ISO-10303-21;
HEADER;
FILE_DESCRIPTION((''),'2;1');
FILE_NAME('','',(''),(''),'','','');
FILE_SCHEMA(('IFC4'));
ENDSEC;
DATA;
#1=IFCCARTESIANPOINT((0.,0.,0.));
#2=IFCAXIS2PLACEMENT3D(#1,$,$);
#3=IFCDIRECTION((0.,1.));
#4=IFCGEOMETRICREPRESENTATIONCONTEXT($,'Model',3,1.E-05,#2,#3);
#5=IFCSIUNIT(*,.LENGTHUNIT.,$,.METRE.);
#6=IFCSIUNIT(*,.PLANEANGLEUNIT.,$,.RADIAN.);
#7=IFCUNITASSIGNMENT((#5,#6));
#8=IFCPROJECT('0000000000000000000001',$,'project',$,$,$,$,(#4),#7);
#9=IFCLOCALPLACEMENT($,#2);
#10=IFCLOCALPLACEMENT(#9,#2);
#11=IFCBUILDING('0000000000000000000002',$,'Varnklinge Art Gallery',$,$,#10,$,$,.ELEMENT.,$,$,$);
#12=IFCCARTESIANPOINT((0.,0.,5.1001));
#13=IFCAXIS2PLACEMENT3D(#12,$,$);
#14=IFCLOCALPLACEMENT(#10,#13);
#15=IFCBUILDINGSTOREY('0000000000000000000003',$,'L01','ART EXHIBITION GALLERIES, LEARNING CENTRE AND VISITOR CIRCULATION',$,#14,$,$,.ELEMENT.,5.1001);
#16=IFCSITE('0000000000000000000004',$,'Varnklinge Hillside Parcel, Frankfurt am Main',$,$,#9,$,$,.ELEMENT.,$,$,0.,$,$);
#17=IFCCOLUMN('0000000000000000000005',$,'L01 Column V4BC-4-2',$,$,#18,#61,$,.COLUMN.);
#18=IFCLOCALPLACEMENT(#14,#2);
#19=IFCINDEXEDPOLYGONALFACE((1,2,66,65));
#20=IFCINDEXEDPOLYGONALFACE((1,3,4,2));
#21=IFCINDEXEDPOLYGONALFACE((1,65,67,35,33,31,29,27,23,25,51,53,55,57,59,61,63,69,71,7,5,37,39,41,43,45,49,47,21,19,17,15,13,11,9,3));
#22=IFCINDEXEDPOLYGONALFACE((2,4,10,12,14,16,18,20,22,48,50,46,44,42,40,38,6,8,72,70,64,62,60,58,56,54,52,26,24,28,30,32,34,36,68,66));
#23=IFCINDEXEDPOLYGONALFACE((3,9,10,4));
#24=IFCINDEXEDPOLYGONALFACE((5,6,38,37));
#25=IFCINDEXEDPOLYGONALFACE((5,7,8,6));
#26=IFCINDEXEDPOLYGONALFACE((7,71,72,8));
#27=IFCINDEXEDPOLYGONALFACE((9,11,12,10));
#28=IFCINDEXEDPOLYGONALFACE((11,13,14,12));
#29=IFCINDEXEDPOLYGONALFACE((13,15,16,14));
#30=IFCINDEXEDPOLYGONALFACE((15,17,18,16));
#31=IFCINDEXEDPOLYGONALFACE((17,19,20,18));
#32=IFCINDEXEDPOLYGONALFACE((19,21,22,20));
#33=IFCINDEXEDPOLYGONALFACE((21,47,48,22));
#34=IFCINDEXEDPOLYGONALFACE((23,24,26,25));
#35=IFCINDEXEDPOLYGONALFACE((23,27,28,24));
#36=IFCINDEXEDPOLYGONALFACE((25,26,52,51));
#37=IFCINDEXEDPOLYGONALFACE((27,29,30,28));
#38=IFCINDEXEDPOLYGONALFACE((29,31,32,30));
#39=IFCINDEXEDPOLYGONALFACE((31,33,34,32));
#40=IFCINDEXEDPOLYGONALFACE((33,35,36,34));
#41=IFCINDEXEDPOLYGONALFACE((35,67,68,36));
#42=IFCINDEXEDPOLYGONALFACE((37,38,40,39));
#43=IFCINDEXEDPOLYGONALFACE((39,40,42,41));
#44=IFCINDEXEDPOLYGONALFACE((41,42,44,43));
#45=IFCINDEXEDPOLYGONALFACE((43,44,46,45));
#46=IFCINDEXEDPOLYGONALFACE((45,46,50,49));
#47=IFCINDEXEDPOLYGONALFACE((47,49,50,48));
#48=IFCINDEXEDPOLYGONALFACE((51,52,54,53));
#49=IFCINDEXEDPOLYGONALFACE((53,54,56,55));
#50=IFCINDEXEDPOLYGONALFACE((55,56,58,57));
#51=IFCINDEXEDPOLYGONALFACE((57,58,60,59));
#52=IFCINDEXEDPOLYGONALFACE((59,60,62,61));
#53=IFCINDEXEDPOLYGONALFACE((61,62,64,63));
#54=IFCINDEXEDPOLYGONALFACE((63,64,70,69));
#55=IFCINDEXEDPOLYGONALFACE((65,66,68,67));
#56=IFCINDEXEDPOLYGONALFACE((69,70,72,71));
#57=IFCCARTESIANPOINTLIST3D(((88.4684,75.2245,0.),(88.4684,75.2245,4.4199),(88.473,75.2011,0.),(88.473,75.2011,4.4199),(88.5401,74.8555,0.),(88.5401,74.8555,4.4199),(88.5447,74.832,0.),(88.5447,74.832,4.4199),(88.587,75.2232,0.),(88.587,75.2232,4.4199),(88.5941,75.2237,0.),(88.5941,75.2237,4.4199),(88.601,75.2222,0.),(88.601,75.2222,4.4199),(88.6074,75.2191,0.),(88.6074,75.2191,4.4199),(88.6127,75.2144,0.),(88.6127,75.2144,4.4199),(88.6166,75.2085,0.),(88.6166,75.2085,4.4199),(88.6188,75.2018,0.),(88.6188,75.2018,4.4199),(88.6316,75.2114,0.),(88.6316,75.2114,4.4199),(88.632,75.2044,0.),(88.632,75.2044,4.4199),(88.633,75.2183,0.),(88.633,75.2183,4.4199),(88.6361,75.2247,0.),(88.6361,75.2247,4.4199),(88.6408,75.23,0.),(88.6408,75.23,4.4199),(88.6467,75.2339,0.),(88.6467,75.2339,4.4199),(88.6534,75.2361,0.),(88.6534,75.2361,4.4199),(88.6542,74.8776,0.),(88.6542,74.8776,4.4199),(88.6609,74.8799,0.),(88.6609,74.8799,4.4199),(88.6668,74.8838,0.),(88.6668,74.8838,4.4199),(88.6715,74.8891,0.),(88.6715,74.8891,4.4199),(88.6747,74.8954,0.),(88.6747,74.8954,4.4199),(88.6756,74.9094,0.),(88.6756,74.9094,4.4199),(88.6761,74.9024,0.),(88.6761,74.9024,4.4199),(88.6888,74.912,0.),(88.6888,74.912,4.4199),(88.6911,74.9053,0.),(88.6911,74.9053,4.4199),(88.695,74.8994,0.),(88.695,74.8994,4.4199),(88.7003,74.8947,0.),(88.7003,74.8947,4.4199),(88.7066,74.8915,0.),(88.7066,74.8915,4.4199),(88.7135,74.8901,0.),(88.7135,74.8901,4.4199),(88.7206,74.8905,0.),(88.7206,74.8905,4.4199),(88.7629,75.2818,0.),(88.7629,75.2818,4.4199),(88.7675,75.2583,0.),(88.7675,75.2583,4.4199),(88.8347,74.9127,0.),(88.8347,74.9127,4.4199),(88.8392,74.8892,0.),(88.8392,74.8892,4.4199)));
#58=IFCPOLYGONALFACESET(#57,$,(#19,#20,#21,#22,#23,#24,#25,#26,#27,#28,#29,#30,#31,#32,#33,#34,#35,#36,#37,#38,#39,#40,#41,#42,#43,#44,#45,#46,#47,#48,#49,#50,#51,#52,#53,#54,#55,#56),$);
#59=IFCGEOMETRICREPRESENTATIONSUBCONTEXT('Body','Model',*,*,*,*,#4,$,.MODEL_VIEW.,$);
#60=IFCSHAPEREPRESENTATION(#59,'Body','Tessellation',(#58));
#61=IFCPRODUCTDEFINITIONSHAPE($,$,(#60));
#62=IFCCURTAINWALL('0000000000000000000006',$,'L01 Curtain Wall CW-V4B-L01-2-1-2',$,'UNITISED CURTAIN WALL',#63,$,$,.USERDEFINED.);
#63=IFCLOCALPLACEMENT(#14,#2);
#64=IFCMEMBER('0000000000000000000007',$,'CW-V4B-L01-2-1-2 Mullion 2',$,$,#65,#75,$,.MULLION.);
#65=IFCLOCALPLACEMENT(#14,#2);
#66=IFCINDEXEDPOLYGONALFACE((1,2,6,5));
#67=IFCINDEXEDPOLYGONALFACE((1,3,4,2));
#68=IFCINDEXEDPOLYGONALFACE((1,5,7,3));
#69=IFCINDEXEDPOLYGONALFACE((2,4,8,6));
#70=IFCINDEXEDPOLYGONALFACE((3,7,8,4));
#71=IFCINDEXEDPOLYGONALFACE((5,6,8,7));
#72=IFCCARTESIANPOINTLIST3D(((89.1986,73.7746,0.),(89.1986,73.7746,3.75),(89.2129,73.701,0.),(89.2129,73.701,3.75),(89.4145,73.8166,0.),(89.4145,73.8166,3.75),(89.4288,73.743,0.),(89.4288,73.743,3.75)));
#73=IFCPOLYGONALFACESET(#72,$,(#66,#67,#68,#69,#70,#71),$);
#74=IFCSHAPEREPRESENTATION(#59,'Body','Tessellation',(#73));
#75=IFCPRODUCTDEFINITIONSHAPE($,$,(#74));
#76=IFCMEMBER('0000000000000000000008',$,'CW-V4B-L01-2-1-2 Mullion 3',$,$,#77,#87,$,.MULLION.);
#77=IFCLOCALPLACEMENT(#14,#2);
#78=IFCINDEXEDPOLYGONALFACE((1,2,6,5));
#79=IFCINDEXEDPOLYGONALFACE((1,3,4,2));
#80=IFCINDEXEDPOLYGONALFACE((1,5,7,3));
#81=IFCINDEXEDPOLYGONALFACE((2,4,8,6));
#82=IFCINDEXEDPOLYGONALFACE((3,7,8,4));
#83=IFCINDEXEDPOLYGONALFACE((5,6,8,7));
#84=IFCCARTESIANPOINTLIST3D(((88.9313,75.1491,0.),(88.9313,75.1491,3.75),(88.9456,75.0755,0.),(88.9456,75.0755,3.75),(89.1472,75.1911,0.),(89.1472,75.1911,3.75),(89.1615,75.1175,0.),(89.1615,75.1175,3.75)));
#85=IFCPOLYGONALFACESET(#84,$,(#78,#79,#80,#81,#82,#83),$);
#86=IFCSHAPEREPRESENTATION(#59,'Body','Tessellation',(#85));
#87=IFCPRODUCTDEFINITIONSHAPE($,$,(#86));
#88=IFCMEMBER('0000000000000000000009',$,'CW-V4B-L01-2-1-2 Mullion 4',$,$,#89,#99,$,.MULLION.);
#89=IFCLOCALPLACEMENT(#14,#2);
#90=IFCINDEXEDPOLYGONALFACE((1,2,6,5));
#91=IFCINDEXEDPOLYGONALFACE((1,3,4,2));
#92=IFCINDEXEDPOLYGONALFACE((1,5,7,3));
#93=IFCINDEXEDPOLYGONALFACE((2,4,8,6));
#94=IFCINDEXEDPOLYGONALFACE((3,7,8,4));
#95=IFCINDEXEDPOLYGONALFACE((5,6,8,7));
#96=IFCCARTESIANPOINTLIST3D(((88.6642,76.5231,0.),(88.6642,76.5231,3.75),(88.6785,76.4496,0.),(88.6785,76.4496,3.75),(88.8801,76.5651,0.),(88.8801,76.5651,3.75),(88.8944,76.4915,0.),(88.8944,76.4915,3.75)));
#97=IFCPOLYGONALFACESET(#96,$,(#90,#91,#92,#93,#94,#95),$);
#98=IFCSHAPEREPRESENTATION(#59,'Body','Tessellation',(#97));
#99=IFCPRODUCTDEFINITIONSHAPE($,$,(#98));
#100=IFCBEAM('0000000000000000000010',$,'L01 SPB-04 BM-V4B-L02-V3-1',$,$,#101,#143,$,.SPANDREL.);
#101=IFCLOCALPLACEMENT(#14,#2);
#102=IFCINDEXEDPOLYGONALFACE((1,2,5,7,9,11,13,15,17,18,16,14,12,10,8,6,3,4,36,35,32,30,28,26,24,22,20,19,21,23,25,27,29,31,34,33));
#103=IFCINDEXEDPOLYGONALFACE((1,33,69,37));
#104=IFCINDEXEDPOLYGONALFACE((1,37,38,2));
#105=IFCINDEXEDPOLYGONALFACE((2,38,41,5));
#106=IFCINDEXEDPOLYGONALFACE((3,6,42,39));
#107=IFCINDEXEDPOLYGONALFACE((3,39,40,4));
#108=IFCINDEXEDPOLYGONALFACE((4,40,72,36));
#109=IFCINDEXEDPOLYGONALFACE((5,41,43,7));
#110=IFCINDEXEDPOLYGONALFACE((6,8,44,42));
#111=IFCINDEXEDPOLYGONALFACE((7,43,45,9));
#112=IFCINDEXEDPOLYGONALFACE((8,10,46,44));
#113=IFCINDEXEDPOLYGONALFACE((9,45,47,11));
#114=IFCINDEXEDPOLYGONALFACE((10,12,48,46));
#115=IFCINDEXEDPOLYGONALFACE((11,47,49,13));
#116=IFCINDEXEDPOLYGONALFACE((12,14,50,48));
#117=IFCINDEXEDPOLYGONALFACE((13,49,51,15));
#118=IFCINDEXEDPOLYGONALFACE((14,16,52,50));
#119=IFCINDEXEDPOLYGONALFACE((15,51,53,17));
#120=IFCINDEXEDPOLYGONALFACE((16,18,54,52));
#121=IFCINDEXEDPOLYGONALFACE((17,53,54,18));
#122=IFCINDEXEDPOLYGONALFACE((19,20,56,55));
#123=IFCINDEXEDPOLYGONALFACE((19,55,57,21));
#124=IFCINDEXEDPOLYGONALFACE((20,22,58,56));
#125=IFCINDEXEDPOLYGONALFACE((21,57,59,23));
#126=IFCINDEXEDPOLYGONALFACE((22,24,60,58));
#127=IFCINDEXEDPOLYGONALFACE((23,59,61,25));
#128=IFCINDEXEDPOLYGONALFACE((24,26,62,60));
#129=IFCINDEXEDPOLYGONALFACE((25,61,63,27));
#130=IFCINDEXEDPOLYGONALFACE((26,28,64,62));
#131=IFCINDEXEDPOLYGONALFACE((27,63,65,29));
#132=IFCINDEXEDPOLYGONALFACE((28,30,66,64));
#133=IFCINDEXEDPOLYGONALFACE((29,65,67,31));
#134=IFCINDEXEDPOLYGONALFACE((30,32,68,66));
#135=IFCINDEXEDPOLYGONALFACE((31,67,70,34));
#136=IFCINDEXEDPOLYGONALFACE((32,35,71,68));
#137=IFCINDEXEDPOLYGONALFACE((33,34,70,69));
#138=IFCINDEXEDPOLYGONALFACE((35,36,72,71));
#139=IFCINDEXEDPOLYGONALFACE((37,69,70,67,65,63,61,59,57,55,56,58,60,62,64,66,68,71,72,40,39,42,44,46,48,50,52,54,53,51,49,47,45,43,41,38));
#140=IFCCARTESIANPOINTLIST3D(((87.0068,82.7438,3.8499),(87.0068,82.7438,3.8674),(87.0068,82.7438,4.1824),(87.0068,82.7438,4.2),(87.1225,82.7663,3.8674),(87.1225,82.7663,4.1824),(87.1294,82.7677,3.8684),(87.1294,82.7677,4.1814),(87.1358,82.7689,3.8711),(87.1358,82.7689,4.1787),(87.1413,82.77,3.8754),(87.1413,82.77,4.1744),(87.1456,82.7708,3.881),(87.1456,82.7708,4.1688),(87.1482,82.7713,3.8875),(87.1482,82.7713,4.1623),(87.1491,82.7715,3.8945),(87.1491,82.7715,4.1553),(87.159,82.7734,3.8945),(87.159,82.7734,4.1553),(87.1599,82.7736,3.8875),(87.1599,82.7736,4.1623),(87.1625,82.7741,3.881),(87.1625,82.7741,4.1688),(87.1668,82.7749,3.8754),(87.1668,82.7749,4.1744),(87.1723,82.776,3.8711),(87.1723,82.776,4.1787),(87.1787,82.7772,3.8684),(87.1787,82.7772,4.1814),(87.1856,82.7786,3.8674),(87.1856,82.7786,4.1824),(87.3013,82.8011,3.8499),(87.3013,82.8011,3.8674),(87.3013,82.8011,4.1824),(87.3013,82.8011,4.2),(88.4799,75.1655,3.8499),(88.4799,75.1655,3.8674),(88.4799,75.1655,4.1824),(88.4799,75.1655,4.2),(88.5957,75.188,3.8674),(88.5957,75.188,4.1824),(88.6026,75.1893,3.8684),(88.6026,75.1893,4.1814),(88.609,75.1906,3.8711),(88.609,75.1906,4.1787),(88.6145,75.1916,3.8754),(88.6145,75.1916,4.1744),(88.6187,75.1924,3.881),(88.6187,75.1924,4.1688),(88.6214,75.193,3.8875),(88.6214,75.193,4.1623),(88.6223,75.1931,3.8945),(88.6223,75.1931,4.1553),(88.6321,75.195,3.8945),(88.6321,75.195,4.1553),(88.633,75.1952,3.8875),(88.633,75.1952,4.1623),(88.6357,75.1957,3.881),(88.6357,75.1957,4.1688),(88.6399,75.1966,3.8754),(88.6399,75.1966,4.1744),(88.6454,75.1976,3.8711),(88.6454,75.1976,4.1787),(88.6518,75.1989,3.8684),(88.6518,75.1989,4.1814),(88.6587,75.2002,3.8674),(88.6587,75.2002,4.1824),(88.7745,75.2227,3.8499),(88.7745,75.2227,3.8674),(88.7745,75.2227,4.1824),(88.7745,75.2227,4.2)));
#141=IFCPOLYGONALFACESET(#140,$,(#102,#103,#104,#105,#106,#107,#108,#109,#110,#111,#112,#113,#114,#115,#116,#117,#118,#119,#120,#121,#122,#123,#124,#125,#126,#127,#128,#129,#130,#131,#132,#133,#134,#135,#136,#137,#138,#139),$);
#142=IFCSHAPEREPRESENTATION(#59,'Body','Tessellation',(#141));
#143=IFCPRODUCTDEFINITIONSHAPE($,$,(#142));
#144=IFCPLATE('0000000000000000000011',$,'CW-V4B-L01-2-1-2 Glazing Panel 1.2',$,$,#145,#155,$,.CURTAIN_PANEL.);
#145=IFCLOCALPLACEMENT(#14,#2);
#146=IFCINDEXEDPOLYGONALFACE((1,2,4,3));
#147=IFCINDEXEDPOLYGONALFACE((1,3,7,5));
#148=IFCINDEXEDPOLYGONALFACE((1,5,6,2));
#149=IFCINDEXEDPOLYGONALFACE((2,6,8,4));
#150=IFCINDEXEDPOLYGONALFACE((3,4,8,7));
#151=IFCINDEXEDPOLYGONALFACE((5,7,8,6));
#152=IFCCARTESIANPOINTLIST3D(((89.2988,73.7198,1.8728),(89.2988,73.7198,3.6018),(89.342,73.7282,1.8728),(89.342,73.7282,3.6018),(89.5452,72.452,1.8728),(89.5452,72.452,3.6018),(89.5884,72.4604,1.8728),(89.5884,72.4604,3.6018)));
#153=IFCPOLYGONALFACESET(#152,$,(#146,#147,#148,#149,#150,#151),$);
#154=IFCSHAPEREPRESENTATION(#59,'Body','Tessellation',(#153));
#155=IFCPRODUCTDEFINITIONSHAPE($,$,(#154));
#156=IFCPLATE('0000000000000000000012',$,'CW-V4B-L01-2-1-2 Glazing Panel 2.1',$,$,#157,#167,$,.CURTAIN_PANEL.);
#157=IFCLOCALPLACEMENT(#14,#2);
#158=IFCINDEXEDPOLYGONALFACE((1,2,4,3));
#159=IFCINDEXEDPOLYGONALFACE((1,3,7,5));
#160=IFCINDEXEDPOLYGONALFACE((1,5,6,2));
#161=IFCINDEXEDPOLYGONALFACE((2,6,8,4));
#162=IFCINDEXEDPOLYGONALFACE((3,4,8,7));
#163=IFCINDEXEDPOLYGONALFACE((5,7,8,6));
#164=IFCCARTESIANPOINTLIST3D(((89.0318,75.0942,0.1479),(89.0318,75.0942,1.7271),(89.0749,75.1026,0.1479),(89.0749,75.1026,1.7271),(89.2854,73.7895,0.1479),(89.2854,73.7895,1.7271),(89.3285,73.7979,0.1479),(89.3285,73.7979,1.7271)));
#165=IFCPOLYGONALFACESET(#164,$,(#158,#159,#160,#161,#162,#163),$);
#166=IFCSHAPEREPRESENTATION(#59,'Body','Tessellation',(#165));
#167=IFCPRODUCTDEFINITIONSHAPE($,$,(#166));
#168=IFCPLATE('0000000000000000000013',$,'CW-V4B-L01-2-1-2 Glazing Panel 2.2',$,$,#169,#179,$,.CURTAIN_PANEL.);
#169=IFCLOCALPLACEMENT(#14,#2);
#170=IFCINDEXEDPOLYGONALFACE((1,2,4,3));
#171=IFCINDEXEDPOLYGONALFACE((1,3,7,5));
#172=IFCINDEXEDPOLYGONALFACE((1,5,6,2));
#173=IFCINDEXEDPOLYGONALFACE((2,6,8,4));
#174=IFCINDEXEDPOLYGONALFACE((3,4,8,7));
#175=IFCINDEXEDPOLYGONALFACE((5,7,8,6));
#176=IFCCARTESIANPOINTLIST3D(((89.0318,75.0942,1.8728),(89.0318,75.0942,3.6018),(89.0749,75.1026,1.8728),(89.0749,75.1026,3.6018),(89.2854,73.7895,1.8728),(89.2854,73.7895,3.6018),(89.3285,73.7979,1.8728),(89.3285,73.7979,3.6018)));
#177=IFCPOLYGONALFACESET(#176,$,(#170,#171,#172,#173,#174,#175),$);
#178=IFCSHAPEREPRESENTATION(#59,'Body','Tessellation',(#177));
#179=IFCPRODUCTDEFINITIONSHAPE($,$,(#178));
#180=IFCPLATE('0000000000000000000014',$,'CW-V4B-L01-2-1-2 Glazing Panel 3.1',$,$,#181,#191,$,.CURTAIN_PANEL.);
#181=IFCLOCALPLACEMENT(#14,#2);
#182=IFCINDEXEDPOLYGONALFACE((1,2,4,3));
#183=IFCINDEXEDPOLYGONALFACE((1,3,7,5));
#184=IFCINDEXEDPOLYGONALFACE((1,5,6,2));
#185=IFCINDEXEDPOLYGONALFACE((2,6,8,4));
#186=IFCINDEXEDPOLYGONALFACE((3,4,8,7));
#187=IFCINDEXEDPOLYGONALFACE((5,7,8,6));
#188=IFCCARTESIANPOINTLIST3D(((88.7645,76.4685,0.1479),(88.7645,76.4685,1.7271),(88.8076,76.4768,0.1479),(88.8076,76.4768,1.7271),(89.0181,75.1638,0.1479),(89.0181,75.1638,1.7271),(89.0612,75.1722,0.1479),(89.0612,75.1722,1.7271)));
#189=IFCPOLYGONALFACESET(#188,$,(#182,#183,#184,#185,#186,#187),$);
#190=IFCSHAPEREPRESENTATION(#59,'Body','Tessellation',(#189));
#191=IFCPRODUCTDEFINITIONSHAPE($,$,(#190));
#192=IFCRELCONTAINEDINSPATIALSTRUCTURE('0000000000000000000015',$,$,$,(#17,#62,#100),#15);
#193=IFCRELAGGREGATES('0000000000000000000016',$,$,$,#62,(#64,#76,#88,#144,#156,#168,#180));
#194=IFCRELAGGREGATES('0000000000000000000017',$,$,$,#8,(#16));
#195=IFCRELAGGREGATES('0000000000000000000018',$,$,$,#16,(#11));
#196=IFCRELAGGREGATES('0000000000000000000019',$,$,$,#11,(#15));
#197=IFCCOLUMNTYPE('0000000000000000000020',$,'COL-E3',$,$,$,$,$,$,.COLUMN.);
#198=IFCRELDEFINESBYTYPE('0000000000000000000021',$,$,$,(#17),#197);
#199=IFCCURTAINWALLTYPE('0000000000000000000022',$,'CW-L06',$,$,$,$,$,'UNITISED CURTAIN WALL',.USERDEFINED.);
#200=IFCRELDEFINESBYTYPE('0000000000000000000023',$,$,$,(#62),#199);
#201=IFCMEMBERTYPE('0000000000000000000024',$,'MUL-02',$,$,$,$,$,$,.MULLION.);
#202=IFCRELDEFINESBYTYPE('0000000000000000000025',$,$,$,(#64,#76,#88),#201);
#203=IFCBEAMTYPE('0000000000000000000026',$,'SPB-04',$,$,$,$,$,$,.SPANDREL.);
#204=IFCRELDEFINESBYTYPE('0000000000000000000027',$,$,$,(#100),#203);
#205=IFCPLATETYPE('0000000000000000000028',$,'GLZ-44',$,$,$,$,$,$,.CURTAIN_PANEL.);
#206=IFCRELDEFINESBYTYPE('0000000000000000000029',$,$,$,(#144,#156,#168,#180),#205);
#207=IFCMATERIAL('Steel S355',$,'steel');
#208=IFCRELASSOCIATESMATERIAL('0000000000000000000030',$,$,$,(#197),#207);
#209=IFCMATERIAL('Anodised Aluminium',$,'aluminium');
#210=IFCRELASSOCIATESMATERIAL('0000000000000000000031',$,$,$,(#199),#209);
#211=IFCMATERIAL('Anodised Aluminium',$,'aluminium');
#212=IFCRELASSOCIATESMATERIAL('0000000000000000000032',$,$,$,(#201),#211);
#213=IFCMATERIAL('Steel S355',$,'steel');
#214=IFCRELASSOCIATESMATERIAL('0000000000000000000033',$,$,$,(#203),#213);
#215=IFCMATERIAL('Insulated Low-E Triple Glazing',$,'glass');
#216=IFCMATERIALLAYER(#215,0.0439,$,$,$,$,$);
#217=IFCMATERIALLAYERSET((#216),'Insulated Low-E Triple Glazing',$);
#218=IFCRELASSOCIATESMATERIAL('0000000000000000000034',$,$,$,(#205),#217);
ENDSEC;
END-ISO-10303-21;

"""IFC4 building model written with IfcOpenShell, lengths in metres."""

from ifc_helpers import new_model, si_unit, direction, frame, origin, origin_2d, place, context, subcontext, project, spatial, rectangle, i_section, extrude, material, layer, layer_set, material_profile, profile_set, type_object, element, aggregate, save


model = new_model("IFC4")

# Units and contexts
model_context = context("Model", 3, precision=1e-05, world=origin(), true_north=direction((0.0, 1.0)))
body_context = subcontext(model_context, "Body", "Model", "MODEL_VIEW")
ifc_project = project(units=[si_unit("LENGTHUNIT", "METRE"), si_unit("PLANEANGLEUNIT", "RADIAN")], contexts=[model_context])

# Site, building, storey
site_placement = place(None, origin())
site = spatial("IfcSite", under=ifc_project, at=site_placement, Name="Varnklinge Hillside Parcel, Frankfurt am Main", CompositionType="ELEMENT", RefElevation=0.0)
building_placement = place(site_placement, origin())
building = spatial("IfcBuilding", under=site, at=building_placement, Name="Varnklinge Art Gallery", CompositionType="ELEMENT")
storey_placement = place(building_placement, frame((0.0, 0.0, 5.1001)))
storey = spatial("IfcBuildingStorey", under=building, at=storey_placement, Name="L01", Description="ART EXHIBITION GALLERIES, LEARNING CENTRE AND VISITOR CIRCULATION", CompositionType="ELEMENT", Elevation=5.1001)

# Column
ifc_material_1 = material(Name="Steel S355", Category="steel")
ifc_material_profile_1 = material_profile(ifc_material_1, i_section(OverallWidth=0.3, OverallDepth=0.3999, WebThickness=0.0134, FlangeThickness=0.0239, FilletRadius=0.0271, at=origin_2d()), Name="HEB 400")
ifc_profile_set_1 = profile_set([ifc_material_profile_1], Name="Steel S355")
column_type = type_object("IfcColumnType", Name="COL-E3", PredefinedType="COLUMN", material=ifc_profile_set_1)
column_placement = place(storey_placement, frame((88.6538, 75.0569, 0.0), z_axis=(0.0, 0.0, 1.0), x_axis=(0.981627, 0.190809, 0.0)))
element("IfcColumn", 1, at=column_placement, inside=storey, type_object=column_type, Name="L01 Column V4BC-4-2", PredefinedType="COLUMN", context=body_context, shape_type="SweptSolid", body=[
    extrude(i_section(OverallWidth=0.3, OverallDepth=0.3999, WebThickness=0.0134, FlangeThickness=0.0239, FilletRadius=0.0271, at=origin_2d()), origin(), (0.0, 0.0, 1.0), 4.4199),
])

# Curtain wall, members
ifc_material_2 = material(Name="Anodised Aluminium", Category="aluminium")
curtain_wall_type = type_object("IfcCurtainWallType", Name="CW-L06", ElementType="UNITISED CURTAIN WALL", PredefinedType="USERDEFINED", material=ifc_material_2)
curtain_wall_placement = place(storey_placement, origin())
curtain_wall = element("IfcCurtainWall", 2, at=curtain_wall_placement, inside=storey, type_object=curtain_wall_type, Name="L01 Curtain Wall CW-V4B-L01-2-1-2", ObjectType="UNITISED CURTAIN WALL", PredefinedType="USERDEFINED")
ifc_material_3 = material(Name="Anodised Aluminium", Category="aluminium")
ifc_material_profile_2 = material_profile(ifc_material_3, rectangle(XDim=0.075, YDim=0.22, at=origin_2d()), Name="ALU 75x220")
ifc_profile_set_2 = profile_set([ifc_material_profile_2], Name="Anodised Aluminium")
member_type = type_object("IfcMemberType", Name="MUL-02", PredefinedType="MULLION", material=ifc_profile_set_2)
member_1_placement = place(storey_placement, frame((89.3137, 73.7588, 0.0), z_axis=(0.0, 0.0, 1.0), x_axis=(-0.190809, 0.981627, 0.0)))
member_1 = element("IfcMember", 3, at=member_1_placement, type_object=member_type, Name="CW-V4B-L01-2-1-2 Mullion 2", PredefinedType="MULLION", context=body_context, shape_type="SweptSolid", body=[
    extrude(rectangle(XDim=0.075, YDim=0.22, at=origin_2d()), origin(), (0.0, 0.0, 1.0), 3.75),
])
member_2_placement = place(storey_placement, frame((89.0464, 75.1333, 0.0), z_axis=(0.0, 0.0, 1.0), x_axis=(-0.190809, 0.981627, 0.0)))
member_2 = element("IfcMember", 4, at=member_2_placement, type_object=member_type, Name="CW-V4B-L01-2-1-2 Mullion 3", PredefinedType="MULLION", context=body_context, shape_type="SweptSolid", body=[
    extrude(rectangle(XDim=0.075, YDim=0.22, at=origin_2d()), origin(), (0.0, 0.0, 1.0), 3.75),
])
member_3_placement = place(storey_placement, frame((88.7793, 76.5073, 0.0), z_axis=(0.0, 0.0, 1.0), x_axis=(-0.190809, 0.981627, 0.0)))
member_3 = element("IfcMember", 5, at=member_3_placement, type_object=member_type, Name="CW-V4B-L01-2-1-2 Mullion 4", PredefinedType="MULLION", context=body_context, shape_type="SweptSolid", body=[
    extrude(rectangle(XDim=0.075, YDim=0.22, at=origin_2d()), origin(), (0.0, 0.0, 1.0), 3.75),
])

# Beam
ifc_material_4 = material(Name="Steel S355", Category="steel")
ifc_material_profile_3 = material_profile(ifc_material_4, i_section(OverallWidth=0.3, OverallDepth=0.3501, WebThickness=0.01, FlangeThickness=0.0176, FilletRadius=0.0271, at=origin_2d()), Name="HEA 360")
ifc_profile_set_3 = profile_set([ifc_material_profile_3], Name="Steel S355")
beam_type = type_object("IfcBeamType", Name="SPB-04", PredefinedType="SPANDREL", material=ifc_profile_set_3)
beam_placement = place(storey_placement, frame((88.6272, 75.1941, 4.0249), z_axis=(-0.190816, 0.981626, 0.0), x_axis=(-0.981626, -0.190816, 0.0)))
element("IfcBeam", 6, at=beam_placement, inside=storey, type_object=beam_type, Name="L01 SPB-04 BM-V4B-L02-V3-1", PredefinedType="SPANDREL", context=body_context, shape_type="SweptSolid", body=[
    extrude(i_section(OverallWidth=0.3, OverallDepth=0.3501, WebThickness=0.01, FlangeThickness=0.0176, FilletRadius=0.0271, at=origin_2d()), origin(), (0.0, 0.0, 1.0), 7.7202),
])

# Plates
ifc_material_5 = material(Name="Insulated Low-E Triple Glazing", Category="glass")
ifc_layer_1 = layer(ifc_material_5, 0.0439)
ifc_layer_set_1 = layer_set([ifc_layer_1], Name="Insulated Low-E Triple Glazing")
plate_type = type_object("IfcPlateType", Name="GLZ-44", PredefinedType="CURTAIN_PANEL", material=ifc_layer_set_1)
plate_1_placement = place(storey_placement, frame((89.4436, 73.0901, 1.8728), z_axis=(0.0, 0.0, 1.0), x_axis=(-0.190809, 0.981627, 0.0)))
plate_1 = element("IfcPlate", 7, at=plate_1_placement, type_object=plate_type, Name="CW-V4B-L01-2-1-2 Glazing Panel 1.2", PredefinedType="CURTAIN_PANEL", context=body_context, shape_type="SweptSolid", body=[
    extrude(rectangle(XDim=1.2915, YDim=0.0439, at=origin_2d()), origin(), (0.0, 0.0, 1.0), 1.729),
])
plate_2_placement = place(storey_placement, frame((89.1802, 74.446, 0.1479), z_axis=(0.0, 0.0, 1.0), x_axis=(-0.190809, 0.981627, 0.0)))
plate_2 = element("IfcPlate", 8, at=plate_2_placement, type_object=plate_type, Name="CW-V4B-L01-2-1-2 Glazing Panel 2.1", PredefinedType="CURTAIN_PANEL", context=body_context, shape_type="SweptSolid", body=[
    extrude(rectangle(XDim=1.3291, YDim=0.0439, at=origin_2d()), origin(), (0.0, 0.0, 1.0), 1.5791),
])
plate_3_placement = place(storey_placement, frame((89.1802, 74.446, 1.8728), z_axis=(0.0, 0.0, 1.0), x_axis=(-0.190809, 0.981627, 0.0)))
plate_3 = element("IfcPlate", 9, at=plate_3_placement, type_object=plate_type, Name="CW-V4B-L01-2-1-2 Glazing Panel 2.2", PredefinedType="CURTAIN_PANEL", context=body_context, shape_type="SweptSolid", body=[
    extrude(rectangle(XDim=1.3291, YDim=0.0439, at=origin_2d()), origin(), (0.0, 0.0, 1.0), 1.729),
])
plate_4_placement = place(storey_placement, frame((88.9128, 75.8203, 0.1479), z_axis=(0.0, 0.0, 1.0), x_axis=(-0.190809, 0.981627, 0.0)))
plate_4 = element("IfcPlate", 10, at=plate_4_placement, type_object=plate_type, Name="CW-V4B-L01-2-1-2 Glazing Panel 3.1", PredefinedType="CURTAIN_PANEL", context=body_context, shape_type="SweptSolid", body=[
    extrude(rectangle(XDim=1.3291, YDim=0.0439, at=origin_2d()), origin(), (0.0, 0.0, 1.0), 1.5791),
])
aggregate(curtain_wall, [member_1, member_2, member_3, plate_1, plate_2, plate_3, plate_4])

save(model, "model.ifc")
